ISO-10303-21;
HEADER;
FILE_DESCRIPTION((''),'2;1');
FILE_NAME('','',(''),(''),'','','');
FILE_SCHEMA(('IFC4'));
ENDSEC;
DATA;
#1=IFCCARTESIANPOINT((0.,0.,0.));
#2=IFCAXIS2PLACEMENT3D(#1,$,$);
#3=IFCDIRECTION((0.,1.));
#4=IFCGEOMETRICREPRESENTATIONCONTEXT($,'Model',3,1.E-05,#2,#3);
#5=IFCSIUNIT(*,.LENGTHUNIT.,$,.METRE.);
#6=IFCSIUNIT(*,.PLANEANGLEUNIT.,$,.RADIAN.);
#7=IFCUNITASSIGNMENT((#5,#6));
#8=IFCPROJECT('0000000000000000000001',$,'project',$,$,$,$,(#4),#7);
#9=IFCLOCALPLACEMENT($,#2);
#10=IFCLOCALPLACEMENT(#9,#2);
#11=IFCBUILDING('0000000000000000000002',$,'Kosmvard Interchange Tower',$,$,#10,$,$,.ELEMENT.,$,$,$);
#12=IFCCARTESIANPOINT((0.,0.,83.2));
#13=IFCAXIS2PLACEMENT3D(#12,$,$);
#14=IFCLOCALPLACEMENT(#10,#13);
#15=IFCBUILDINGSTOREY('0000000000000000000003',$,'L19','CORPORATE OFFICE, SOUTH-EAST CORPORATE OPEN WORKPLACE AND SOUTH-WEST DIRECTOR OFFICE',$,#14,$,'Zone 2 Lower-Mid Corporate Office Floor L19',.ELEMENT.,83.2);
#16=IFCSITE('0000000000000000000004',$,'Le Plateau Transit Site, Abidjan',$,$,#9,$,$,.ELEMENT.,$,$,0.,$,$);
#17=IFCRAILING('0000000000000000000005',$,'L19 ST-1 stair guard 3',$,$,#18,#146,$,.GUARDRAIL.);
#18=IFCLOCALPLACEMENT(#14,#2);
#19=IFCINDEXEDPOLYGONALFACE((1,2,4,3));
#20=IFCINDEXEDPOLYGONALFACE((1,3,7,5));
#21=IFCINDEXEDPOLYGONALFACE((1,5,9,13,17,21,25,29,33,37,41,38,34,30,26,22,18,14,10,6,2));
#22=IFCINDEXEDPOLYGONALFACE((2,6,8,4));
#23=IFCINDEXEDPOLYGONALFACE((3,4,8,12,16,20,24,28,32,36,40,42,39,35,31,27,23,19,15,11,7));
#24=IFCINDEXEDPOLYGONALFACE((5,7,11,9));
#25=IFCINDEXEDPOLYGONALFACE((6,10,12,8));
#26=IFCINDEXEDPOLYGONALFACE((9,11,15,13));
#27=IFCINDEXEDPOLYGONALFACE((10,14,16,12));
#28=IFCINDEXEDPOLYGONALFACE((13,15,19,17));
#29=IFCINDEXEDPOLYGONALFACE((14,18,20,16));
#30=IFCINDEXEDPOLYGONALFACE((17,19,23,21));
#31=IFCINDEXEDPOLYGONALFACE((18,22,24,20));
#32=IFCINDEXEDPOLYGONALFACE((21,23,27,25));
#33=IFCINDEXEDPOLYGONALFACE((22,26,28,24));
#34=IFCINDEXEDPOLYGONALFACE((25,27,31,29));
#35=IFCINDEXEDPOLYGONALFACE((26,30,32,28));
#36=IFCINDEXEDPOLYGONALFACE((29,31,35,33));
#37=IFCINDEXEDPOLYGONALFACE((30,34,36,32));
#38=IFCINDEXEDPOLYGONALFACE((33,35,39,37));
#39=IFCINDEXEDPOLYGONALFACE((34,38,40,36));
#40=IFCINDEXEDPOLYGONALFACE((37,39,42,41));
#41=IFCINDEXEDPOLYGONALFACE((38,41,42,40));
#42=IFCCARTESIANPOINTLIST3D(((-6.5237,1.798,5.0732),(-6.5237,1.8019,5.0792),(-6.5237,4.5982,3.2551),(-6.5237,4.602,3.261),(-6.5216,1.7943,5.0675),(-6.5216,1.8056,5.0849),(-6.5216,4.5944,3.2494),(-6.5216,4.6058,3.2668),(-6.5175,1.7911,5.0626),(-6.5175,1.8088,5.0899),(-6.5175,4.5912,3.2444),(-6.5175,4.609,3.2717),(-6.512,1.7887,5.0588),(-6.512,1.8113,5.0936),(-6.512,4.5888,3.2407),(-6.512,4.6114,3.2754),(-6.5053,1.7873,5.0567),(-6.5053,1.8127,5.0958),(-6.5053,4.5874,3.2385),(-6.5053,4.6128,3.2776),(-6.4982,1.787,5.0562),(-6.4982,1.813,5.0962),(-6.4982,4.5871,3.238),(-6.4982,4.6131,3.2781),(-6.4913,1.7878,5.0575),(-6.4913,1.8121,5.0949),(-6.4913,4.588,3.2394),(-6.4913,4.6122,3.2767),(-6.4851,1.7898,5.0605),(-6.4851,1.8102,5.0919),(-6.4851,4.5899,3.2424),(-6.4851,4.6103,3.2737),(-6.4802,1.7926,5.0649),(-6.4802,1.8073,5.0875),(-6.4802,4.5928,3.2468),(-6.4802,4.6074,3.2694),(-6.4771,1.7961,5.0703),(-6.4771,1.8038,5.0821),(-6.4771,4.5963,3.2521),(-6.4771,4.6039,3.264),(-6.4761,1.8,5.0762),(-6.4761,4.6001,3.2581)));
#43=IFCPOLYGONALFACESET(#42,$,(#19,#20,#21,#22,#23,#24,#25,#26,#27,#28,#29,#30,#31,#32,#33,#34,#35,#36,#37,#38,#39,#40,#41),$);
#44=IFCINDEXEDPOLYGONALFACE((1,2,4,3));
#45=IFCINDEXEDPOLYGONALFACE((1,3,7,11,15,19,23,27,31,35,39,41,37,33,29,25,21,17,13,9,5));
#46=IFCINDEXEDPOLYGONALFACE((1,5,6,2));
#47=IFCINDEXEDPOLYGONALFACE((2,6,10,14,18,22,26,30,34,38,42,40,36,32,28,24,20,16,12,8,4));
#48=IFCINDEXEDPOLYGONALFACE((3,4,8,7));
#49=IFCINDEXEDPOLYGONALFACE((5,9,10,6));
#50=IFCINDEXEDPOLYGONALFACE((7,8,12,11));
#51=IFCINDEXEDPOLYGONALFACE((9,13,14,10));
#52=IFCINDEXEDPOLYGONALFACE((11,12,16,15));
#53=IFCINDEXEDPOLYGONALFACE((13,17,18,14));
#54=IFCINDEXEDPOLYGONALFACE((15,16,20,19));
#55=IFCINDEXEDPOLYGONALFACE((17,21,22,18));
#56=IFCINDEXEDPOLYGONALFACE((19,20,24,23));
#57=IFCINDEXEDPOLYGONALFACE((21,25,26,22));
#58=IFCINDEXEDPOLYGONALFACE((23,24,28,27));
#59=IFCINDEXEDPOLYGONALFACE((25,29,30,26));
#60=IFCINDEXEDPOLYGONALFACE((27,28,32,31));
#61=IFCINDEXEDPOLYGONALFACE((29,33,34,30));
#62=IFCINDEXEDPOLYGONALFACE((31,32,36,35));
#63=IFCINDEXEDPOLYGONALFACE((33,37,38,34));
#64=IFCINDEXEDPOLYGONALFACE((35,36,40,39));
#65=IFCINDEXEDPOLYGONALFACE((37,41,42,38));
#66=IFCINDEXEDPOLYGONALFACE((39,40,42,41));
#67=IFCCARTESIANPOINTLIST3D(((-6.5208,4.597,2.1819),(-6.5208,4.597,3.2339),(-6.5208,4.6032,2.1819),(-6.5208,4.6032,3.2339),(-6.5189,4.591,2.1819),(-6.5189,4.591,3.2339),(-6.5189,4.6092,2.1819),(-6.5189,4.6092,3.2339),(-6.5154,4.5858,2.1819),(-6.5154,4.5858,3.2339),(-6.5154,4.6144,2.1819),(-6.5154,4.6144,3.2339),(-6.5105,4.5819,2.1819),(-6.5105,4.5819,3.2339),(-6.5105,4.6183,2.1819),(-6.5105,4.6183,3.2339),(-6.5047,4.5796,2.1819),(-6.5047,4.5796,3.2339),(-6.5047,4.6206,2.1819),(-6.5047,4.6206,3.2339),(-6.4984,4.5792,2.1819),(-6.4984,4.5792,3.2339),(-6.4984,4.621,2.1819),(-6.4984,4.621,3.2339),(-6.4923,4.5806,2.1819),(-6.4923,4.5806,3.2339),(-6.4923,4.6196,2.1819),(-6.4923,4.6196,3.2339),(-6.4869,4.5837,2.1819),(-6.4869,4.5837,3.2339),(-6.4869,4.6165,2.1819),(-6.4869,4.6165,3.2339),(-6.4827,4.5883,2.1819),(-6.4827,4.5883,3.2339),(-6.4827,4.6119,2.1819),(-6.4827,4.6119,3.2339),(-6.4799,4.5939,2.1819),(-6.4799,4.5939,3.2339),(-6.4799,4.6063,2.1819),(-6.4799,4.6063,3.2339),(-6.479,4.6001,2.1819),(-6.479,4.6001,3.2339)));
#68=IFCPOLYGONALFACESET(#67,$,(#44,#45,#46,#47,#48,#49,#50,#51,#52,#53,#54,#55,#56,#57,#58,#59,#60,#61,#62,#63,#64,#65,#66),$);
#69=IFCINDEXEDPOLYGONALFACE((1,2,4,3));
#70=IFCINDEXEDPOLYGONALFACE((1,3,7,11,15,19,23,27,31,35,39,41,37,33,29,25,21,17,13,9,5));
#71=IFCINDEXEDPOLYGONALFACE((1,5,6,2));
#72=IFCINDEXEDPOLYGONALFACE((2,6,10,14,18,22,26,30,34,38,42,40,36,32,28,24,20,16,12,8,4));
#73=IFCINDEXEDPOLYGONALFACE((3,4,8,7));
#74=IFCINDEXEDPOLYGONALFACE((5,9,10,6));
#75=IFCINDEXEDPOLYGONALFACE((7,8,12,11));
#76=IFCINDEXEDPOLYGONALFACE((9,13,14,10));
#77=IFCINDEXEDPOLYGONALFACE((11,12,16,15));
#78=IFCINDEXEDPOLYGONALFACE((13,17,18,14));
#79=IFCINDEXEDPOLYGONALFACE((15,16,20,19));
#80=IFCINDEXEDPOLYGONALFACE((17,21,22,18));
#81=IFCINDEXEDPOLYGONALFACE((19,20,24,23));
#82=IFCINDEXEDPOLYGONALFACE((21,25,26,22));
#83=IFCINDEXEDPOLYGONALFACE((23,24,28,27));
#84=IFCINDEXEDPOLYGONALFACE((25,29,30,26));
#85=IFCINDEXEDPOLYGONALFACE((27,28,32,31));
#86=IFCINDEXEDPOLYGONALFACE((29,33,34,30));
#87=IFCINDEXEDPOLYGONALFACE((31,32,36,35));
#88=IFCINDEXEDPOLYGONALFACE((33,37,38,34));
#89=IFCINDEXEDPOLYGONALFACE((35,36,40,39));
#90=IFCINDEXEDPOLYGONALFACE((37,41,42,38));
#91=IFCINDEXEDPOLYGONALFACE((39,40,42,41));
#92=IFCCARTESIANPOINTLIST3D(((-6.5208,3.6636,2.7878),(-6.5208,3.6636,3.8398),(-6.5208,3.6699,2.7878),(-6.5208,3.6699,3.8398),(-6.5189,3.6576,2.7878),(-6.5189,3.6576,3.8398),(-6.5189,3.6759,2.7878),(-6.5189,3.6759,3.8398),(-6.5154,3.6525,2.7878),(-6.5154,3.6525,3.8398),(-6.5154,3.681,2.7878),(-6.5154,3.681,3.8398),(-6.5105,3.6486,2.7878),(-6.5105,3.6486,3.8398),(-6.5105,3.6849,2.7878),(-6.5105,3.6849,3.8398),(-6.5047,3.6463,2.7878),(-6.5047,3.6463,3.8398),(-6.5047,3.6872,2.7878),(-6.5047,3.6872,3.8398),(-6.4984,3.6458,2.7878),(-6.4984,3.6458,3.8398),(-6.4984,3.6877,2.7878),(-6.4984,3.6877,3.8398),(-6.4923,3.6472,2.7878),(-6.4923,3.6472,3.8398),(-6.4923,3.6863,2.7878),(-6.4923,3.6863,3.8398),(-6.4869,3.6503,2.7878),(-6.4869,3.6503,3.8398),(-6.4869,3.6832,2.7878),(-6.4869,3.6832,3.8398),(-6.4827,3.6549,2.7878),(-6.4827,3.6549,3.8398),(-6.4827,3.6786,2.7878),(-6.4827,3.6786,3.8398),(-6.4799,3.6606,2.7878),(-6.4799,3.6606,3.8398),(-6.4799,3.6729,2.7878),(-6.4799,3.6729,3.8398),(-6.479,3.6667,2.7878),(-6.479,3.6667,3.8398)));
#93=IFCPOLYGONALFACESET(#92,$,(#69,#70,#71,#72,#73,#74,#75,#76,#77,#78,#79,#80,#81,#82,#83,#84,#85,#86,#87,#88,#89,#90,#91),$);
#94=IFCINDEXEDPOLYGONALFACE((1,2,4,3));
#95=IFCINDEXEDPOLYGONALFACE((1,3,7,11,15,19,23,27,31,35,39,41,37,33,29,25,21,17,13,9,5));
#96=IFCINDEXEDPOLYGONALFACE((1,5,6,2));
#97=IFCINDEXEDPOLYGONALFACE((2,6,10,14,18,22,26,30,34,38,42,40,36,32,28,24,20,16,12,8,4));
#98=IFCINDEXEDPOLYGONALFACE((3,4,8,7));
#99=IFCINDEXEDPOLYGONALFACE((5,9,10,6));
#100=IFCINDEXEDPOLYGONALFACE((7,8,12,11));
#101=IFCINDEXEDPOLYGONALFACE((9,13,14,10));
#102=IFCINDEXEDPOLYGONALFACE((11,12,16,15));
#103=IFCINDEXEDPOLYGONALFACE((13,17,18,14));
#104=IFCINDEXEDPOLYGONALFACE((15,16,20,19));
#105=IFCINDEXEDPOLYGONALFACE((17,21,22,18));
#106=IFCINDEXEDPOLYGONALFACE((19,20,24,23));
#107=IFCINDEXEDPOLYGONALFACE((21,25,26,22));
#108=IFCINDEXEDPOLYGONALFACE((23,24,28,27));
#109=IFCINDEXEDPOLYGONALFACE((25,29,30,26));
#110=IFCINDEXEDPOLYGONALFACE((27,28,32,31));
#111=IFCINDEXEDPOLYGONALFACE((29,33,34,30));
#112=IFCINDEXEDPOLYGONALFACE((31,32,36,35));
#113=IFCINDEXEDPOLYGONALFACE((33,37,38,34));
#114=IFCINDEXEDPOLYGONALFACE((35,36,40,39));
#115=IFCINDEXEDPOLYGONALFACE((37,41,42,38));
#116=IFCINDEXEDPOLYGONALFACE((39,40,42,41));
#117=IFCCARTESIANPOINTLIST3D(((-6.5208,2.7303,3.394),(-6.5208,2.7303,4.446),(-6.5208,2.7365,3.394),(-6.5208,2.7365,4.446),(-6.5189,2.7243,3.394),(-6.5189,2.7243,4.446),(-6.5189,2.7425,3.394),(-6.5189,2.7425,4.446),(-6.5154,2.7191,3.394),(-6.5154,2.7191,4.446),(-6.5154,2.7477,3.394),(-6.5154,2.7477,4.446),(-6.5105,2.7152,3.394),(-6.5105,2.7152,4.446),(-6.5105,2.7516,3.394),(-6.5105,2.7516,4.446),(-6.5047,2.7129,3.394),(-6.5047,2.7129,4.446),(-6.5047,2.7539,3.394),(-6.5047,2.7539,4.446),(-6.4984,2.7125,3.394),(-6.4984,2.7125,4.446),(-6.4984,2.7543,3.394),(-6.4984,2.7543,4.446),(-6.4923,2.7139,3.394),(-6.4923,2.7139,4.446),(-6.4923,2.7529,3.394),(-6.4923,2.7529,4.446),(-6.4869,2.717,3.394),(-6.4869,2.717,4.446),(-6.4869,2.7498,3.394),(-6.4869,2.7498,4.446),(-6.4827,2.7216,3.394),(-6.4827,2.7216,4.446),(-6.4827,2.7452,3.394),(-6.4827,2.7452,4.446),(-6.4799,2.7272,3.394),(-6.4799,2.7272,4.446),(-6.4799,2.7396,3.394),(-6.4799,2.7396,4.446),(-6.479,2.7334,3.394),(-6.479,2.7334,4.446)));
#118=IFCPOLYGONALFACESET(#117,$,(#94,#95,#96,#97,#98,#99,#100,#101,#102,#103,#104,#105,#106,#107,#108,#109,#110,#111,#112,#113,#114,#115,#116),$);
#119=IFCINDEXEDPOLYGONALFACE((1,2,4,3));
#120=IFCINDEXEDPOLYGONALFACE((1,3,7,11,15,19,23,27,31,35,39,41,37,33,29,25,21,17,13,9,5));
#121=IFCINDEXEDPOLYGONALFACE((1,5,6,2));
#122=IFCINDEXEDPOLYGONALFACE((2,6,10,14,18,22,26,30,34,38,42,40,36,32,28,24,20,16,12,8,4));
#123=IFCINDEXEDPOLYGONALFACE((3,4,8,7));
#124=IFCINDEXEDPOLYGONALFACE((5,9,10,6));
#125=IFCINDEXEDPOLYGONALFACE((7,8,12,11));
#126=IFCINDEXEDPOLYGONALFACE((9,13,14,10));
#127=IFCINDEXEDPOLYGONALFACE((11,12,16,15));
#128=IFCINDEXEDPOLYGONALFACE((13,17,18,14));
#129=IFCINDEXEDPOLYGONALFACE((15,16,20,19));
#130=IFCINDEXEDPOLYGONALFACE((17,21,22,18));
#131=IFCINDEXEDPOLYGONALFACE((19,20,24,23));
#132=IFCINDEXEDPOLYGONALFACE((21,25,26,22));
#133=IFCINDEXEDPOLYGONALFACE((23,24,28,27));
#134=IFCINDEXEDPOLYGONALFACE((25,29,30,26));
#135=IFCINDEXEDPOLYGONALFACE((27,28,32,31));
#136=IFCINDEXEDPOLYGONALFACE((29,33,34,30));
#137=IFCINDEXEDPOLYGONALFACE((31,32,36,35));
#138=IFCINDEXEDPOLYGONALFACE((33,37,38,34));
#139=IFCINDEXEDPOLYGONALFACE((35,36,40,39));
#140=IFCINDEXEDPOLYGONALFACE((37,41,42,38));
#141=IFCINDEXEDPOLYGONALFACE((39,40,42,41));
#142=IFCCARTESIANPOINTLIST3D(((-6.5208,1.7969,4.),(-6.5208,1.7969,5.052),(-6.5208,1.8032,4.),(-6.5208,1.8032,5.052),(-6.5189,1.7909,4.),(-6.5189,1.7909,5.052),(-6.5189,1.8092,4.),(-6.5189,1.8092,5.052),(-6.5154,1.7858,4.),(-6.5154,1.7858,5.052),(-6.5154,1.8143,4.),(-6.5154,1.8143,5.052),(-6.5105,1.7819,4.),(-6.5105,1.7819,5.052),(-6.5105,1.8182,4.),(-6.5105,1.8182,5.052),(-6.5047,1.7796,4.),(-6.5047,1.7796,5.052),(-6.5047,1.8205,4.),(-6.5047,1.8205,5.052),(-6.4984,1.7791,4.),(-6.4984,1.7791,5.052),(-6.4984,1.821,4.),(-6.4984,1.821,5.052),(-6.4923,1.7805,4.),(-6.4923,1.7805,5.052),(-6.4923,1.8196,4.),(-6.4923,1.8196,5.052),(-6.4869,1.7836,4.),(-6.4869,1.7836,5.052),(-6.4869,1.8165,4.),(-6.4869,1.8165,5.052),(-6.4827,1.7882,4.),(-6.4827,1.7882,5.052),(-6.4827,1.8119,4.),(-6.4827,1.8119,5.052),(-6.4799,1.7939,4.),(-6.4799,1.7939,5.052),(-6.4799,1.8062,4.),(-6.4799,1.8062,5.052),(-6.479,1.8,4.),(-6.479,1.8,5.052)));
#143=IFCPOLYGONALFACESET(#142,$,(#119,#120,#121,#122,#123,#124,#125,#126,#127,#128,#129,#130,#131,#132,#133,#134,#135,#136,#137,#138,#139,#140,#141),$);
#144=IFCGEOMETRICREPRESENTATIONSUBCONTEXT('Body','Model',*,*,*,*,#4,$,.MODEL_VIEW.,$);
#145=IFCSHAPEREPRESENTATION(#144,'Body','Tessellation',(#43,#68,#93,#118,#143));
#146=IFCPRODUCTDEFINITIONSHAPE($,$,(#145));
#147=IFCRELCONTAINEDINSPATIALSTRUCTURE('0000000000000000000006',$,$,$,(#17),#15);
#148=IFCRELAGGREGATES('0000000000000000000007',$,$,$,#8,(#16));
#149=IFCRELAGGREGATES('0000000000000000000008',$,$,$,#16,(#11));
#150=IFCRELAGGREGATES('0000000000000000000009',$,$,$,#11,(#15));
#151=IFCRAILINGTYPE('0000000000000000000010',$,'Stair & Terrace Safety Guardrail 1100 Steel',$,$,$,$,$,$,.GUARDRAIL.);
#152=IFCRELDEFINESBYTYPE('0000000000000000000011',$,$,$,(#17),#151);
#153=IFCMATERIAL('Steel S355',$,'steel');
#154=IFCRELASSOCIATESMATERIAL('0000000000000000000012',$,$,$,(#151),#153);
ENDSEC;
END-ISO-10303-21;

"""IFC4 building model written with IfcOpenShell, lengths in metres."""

from ifc_helpers import new_model, si_unit, direction, frame, origin, origin_2d, place, context, subcontext, project, spatial, circle, extrude, source, transform, mapped, material, type_object, element, save


model = new_model("IFC4")

# Units and contexts
model_context = context("Model", 3, precision=1e-05, world=origin(), true_north=direction((0.0, 1.0)))
body_context = subcontext(model_context, "Body", "Model", "MODEL_VIEW")
ifc_project = project(units=[si_unit("LENGTHUNIT", "METRE"), si_unit("PLANEANGLEUNIT", "RADIAN")], contexts=[model_context])

# Site, building, storey
site_placement = place(None, origin())
site = spatial("IfcSite", under=ifc_project, at=site_placement, Name="Le Plateau Transit Site, Abidjan", CompositionType="ELEMENT", RefElevation=0.0)
building_placement = place(site_placement, origin())
building = spatial("IfcBuilding", under=site, at=building_placement, Name="Kosmvard Interchange Tower", CompositionType="ELEMENT")
storey_placement = place(building_placement, frame((0.0, 0.0, 83.2)))
storey = spatial("IfcBuildingStorey", under=building, at=storey_placement, Name="L19", Description="CORPORATE OFFICE, SOUTH-EAST CORPORATE OPEN WORKPLACE AND SOUTH-WEST DIRECTOR OFFICE", LongName="Zone 2 Lower-Mid Corporate Office Floor L19", CompositionType="ELEMENT", Elevation=83.2)

# Shared definitions
ifc_material_1 = material(Name="Steel S355", Category="steel")

# Railing
railing_type = type_object("IfcRailingType", Name="Stair & Terrace Safety Guardrail 1100 Steel", PredefinedType="GUARDRAIL", material=ifc_material_1)
shared_shape_1 = source(origin(), body_context, "Body", "SweptSolid", [
    extrude(circle(Radius=0.0239, at=origin_2d()), frame((0.0, 0.0, 1.0762), z_axis=(0.0, -0.838706, 0.544585), x_axis=(1.0, 0.0, 0.0)), (0.0, 0.0, 1.0), 3.3386),
    extrude(circle(Radius=0.021, at=origin_2d()), origin(), (0.0, 0.0, 1.0), 1.052),
    extrude(circle(Radius=0.021, at=origin_2d()), frame((0.0, -0.9333, 0.606)), (0.0, 0.0, 1.0), 1.052),
    extrude(circle(Radius=0.021, at=origin_2d()), frame((0.0, -1.8667, 1.2122)), (0.0, 0.0, 1.0), 1.052),
    extrude(circle(Radius=0.021, at=origin_2d()), frame((0.0, -2.8, 1.8181)), (0.0, 0.0, 1.0), 1.052),
])
railing_1_placement = place(storey_placement, frame((-6.5, 4.6001, 2.1819)))
element("IfcRailing", 1, at=railing_1_placement, inside=storey, type_object=railing_type, Name="L19 ST-1 stair guard 3", PredefinedType="GUARDRAIL", context=body_context, shape_type="MappedRepresentation", body=[
    mapped(shared_shape_1, transform((0.0, 0.0, 0.0), scale=1.0)),
])

save(model, "model.ifc")
